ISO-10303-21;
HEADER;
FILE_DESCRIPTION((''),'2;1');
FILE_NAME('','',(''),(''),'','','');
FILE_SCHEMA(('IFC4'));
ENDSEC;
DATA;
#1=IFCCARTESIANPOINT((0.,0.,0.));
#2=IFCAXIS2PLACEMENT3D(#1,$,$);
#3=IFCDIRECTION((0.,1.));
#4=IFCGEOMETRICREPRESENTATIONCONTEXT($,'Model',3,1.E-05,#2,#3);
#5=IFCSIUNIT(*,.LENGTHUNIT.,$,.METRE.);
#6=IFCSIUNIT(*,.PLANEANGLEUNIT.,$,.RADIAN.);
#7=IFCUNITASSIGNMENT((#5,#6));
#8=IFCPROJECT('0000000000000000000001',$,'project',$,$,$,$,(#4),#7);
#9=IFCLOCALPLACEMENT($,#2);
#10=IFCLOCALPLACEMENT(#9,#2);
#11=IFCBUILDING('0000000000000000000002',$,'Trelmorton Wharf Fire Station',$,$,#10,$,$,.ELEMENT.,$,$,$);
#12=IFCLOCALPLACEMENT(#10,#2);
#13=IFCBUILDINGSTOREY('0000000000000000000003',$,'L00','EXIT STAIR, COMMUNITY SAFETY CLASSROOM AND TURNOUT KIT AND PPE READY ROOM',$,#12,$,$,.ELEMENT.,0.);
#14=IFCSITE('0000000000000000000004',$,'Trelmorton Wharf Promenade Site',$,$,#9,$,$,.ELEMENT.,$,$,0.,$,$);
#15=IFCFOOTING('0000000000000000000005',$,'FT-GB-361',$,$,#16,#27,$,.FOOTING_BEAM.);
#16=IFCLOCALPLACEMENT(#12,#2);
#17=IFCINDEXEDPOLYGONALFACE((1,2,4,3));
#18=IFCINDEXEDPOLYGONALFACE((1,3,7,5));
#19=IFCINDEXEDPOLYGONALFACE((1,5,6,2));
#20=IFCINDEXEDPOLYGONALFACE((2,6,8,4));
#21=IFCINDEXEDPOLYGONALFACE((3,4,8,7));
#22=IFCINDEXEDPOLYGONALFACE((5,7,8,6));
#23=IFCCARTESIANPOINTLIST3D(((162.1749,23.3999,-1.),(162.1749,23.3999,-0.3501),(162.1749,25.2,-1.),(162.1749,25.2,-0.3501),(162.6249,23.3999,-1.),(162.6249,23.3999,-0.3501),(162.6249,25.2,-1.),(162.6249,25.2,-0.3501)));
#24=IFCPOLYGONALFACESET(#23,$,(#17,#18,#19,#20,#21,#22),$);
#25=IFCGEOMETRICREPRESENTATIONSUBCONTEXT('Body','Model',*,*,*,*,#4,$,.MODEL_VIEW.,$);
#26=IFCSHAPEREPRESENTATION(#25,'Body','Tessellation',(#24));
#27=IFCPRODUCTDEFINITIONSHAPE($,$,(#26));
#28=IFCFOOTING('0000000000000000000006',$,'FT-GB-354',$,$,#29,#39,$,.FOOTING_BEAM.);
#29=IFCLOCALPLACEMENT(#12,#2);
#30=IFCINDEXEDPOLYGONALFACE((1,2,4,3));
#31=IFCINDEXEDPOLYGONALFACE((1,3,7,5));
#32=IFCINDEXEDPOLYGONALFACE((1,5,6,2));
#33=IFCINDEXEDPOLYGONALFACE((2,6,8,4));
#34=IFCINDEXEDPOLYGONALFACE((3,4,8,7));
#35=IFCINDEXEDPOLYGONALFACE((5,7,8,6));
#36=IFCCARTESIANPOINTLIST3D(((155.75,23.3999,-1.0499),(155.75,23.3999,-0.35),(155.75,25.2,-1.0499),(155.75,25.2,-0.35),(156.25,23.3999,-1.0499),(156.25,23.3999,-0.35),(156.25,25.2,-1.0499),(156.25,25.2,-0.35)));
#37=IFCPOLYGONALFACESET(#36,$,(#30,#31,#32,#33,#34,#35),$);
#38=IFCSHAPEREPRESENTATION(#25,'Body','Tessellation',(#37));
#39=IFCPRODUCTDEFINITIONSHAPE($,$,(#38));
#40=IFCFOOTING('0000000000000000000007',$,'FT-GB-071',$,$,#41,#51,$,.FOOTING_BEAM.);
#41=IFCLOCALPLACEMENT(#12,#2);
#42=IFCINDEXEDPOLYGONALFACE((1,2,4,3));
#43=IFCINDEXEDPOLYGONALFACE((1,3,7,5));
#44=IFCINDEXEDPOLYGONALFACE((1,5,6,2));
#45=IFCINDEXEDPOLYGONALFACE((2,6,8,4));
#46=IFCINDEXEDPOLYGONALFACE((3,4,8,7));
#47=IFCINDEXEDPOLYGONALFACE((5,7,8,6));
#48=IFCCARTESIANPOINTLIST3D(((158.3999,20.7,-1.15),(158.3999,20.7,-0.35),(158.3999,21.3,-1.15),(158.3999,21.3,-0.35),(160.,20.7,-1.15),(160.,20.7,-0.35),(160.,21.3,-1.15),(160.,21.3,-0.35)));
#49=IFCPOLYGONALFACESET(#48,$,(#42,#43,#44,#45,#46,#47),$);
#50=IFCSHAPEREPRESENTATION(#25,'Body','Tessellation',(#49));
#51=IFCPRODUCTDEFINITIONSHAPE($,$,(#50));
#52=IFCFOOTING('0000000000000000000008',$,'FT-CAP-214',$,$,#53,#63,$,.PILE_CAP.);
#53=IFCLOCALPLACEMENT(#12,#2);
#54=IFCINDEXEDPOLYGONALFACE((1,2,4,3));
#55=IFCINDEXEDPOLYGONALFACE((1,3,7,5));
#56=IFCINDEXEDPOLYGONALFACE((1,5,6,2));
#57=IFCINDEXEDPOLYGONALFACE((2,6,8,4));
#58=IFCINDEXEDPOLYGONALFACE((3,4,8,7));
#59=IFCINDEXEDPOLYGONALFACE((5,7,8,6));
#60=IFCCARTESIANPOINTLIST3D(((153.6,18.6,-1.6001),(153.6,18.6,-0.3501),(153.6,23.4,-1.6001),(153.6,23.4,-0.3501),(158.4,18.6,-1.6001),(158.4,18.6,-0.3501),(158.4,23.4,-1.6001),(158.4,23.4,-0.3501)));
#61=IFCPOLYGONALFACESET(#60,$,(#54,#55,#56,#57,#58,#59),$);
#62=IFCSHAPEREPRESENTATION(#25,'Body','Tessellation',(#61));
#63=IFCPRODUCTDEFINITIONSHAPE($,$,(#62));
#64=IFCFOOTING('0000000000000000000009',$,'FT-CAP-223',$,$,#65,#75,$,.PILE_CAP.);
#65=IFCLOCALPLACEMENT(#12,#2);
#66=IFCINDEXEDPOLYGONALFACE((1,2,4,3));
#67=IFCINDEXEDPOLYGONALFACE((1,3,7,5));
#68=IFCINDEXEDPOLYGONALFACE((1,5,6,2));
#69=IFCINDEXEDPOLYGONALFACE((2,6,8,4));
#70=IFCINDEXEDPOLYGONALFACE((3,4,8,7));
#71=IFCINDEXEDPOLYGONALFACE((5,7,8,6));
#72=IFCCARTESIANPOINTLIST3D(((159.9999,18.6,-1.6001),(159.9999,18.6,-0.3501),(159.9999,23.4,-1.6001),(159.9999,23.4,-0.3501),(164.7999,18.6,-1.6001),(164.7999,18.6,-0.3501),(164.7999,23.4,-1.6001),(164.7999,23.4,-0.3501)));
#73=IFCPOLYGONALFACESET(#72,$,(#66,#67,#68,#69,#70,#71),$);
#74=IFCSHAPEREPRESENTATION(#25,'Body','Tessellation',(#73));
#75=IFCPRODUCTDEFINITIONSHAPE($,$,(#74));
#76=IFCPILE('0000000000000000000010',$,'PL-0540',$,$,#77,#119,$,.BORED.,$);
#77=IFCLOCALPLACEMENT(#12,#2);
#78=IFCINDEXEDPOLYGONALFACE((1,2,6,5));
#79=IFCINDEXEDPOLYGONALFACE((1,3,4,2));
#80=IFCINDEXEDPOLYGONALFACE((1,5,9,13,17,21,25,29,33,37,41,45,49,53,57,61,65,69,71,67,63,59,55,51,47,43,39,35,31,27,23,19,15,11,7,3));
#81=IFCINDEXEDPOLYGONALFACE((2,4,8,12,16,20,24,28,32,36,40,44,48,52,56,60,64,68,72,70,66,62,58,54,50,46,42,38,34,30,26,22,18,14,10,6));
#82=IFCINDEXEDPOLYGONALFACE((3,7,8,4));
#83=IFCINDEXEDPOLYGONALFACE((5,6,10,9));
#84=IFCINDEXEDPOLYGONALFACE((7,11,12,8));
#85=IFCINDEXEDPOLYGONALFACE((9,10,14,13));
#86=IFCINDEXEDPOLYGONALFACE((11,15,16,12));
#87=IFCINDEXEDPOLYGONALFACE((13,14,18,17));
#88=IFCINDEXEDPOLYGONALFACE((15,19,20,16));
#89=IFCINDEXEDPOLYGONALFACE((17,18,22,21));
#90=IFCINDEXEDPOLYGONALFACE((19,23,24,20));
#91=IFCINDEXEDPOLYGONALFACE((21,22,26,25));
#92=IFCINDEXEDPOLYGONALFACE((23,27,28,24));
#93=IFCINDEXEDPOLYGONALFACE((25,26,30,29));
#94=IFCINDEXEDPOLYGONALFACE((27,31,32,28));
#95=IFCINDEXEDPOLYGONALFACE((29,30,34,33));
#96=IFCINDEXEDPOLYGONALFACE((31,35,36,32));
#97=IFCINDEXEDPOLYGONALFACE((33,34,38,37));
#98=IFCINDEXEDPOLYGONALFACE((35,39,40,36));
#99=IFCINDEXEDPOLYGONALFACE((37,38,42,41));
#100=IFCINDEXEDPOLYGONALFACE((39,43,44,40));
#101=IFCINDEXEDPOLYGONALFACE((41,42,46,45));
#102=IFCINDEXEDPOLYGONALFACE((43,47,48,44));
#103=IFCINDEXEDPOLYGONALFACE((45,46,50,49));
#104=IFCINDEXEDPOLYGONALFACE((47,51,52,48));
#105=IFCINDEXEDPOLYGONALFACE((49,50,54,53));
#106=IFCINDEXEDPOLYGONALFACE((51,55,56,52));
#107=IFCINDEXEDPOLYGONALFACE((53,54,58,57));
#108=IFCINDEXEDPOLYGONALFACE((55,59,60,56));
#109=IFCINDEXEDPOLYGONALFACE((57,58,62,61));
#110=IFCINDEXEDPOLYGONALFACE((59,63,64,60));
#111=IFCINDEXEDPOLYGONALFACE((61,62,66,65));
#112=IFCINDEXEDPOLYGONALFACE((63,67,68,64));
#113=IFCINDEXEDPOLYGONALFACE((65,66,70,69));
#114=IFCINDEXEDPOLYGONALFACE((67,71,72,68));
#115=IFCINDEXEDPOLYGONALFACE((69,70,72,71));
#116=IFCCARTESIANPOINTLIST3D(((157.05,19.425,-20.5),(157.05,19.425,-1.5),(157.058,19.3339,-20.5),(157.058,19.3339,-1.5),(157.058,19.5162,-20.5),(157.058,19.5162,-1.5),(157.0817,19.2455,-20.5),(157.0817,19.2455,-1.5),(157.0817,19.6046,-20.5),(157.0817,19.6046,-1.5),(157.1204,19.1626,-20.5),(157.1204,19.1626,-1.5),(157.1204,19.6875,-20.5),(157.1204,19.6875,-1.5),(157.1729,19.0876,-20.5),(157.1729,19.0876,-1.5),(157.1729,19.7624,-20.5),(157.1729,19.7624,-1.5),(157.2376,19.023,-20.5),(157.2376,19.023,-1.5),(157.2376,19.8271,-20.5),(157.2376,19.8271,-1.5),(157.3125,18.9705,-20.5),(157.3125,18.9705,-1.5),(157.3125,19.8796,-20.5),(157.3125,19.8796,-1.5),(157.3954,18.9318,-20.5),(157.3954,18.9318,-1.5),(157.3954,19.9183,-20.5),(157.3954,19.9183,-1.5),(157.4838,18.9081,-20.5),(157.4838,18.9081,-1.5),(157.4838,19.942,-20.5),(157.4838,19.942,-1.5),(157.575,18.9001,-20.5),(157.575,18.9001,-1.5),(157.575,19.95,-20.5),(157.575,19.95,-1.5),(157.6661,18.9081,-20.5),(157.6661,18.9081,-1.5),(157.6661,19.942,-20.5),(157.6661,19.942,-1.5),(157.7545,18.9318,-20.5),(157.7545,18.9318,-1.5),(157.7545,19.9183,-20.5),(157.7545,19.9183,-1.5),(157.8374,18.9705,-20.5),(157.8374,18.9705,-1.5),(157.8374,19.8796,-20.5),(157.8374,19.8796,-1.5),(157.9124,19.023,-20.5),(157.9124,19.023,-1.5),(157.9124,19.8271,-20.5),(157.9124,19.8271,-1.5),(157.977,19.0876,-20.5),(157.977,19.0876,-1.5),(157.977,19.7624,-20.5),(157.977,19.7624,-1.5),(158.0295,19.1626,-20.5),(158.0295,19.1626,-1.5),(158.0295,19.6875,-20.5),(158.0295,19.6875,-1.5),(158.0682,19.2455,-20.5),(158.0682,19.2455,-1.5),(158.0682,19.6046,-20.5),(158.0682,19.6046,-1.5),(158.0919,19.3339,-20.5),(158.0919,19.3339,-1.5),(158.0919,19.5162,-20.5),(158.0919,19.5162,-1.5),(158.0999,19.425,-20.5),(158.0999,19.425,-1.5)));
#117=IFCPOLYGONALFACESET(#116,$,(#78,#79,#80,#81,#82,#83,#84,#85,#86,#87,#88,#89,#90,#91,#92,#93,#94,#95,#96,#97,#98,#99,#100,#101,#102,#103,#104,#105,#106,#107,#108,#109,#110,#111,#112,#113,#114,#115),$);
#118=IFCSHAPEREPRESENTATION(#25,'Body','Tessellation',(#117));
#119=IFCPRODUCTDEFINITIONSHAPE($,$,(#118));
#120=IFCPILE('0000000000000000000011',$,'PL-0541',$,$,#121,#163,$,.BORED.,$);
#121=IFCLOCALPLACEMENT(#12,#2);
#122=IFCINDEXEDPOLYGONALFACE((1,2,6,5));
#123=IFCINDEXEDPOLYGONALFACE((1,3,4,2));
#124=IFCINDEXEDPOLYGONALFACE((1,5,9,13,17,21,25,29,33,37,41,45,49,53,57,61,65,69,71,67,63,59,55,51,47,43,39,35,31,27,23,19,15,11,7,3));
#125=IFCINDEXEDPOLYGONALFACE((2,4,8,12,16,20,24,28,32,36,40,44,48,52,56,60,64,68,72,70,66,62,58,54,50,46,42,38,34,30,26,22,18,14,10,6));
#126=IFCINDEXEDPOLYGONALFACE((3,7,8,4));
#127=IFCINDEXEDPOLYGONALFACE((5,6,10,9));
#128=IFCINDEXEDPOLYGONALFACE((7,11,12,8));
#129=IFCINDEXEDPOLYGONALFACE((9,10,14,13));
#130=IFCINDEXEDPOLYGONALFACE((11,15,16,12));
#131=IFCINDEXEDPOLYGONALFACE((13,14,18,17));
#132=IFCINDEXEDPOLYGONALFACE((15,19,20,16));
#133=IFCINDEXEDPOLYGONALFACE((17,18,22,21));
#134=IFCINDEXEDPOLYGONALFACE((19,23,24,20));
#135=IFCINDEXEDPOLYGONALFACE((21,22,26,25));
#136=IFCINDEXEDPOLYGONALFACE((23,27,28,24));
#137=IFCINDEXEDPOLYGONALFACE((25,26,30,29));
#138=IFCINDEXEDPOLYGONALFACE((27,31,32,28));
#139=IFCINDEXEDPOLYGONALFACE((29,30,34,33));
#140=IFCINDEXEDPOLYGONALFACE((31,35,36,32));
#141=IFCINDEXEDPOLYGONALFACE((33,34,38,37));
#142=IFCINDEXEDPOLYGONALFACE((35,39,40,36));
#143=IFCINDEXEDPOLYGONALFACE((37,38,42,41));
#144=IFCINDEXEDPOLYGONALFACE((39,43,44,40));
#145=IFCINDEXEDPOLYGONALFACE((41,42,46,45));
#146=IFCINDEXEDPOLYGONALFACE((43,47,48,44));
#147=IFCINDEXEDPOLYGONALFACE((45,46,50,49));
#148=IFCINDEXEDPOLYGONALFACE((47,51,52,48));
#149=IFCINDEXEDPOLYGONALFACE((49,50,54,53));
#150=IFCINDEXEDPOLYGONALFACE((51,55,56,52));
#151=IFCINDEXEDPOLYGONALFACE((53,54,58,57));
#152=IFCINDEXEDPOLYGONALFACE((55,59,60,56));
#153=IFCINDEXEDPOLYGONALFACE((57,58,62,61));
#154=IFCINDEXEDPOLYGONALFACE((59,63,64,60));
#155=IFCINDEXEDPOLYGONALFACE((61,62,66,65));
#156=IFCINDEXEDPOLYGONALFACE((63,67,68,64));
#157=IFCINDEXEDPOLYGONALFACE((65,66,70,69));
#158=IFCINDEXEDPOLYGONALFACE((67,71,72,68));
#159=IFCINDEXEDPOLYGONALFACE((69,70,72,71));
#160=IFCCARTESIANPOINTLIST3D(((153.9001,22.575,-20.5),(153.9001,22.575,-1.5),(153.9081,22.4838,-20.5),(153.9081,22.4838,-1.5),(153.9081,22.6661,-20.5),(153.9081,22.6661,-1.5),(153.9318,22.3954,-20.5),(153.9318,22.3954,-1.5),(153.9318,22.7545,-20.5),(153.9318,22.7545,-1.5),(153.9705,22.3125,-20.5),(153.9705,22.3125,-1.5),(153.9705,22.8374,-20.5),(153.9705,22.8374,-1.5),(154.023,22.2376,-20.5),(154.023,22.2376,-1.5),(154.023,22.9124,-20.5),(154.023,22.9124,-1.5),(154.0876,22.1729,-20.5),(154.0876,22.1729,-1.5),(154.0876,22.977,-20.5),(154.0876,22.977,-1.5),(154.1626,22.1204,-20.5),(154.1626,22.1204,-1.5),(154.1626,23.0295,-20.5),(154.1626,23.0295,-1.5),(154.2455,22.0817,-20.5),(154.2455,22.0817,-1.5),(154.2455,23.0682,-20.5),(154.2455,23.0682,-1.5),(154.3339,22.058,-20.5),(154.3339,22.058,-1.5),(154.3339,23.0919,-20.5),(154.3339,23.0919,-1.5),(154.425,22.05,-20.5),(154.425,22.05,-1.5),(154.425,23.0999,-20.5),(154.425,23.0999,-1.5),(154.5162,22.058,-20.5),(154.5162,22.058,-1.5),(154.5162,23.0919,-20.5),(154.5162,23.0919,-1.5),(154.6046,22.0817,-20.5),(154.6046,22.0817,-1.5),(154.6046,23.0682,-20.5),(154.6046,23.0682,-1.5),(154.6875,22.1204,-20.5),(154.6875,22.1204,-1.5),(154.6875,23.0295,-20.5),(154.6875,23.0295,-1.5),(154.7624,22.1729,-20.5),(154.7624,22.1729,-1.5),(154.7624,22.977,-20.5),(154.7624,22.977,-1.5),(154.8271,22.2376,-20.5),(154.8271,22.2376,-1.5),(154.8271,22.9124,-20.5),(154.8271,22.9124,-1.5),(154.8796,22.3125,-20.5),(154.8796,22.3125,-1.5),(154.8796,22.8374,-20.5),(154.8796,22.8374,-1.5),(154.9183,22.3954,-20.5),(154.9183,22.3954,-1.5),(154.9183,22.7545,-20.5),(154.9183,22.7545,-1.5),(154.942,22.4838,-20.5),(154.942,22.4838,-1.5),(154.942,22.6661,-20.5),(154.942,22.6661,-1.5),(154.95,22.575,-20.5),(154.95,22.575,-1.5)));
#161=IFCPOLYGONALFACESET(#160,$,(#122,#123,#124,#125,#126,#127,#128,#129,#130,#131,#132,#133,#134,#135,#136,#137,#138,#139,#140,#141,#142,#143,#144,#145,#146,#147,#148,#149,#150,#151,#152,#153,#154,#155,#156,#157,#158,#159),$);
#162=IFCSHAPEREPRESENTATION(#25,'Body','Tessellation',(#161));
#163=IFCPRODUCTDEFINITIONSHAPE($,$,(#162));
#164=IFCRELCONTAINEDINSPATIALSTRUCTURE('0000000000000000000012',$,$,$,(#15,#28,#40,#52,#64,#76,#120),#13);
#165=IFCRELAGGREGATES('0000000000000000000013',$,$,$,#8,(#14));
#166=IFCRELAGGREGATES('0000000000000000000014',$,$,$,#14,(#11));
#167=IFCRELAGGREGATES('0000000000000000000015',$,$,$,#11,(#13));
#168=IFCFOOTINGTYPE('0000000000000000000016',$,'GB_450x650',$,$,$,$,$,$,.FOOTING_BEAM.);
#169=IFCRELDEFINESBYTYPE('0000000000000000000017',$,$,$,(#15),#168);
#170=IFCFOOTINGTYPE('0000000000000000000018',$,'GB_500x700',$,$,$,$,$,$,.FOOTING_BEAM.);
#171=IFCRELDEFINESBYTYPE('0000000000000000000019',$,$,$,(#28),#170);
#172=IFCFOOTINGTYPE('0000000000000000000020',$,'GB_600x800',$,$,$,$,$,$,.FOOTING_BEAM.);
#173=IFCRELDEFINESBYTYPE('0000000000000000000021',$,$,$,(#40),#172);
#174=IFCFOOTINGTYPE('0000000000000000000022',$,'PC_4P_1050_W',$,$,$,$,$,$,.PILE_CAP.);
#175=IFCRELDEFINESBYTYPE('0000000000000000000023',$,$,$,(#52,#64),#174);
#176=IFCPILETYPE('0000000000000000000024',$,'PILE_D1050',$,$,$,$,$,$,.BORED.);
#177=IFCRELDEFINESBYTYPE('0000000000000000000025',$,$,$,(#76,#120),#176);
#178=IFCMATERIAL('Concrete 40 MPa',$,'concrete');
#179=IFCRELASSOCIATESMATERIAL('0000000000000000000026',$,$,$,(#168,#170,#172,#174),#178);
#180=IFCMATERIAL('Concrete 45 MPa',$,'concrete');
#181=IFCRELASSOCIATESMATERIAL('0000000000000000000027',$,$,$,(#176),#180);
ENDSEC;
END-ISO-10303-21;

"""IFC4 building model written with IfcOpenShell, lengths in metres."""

from ifc_helpers import new_model, si_unit, direction, frame, origin, origin_2d, place, context, subcontext, project, spatial, rectangle, circle, extrude, material, material_profile, profile_set, type_object, element, save


model = new_model("IFC4")

# Units and contexts
model_context = context("Model", 3, precision=1e-05, world=origin(), true_north=direction((0.0, 1.0)))
body_context = subcontext(model_context, "Body", "Model", "MODEL_VIEW")
ifc_project = project(units=[si_unit("LENGTHUNIT", "METRE"), si_unit("PLANEANGLEUNIT", "RADIAN")], contexts=[model_context])

# Site, building, storey
site_placement = place(None, origin())
site = spatial("IfcSite", under=ifc_project, at=site_placement, Name="Trelmorton Wharf Promenade Site", CompositionType="ELEMENT", RefElevation=0.0)
building_placement = place(site_placement, origin())
building = spatial("IfcBuilding", under=site, at=building_placement, Name="Trelmorton Wharf Fire Station", CompositionType="ELEMENT")
storey_placement = place(building_placement, origin())
storey = spatial("IfcBuildingStorey", under=building, at=storey_placement, Name="L00", Description="EXIT STAIR, COMMUNITY SAFETY CLASSROOM AND TURNOUT KIT AND PPE READY ROOM", CompositionType="ELEMENT", Elevation=0.0)

# Footings
ifc_material_1 = material(Name="Concrete 40 MPa", Category="concrete")
ifc_material_profile_1 = material_profile(ifc_material_1, rectangle(XDim=0.45, YDim=0.6499, at=origin_2d()), Name="RC450x650")
ifc_profile_set_1 = profile_set([ifc_material_profile_1], Name="Concrete 40 MPa")
footing_type_1 = type_object("IfcFootingType", Name="GB_450x650", PredefinedType="FOOTING_BEAM", material=ifc_profile_set_1)
footing_1_placement = place(storey_placement, frame((162.3999, 23.3999, -0.675), z_axis=(0.0, 1.0, 0.0), x_axis=(-1.0, 0.0, 0.0)))
element("IfcFooting", 1, at=footing_1_placement, inside=storey, type_object=footing_type_1, Name="FT-GB-361", PredefinedType="FOOTING_BEAM", context=body_context, shape_type="SweptSolid", body=[
    extrude(rectangle(XDim=0.45, YDim=0.6499, at=origin_2d()), origin(), (0.0, 0.0, 1.0), 1.8),
])
ifc_material_profile_2 = material_profile(ifc_material_1, rectangle(XDim=0.5, YDim=0.7, at=origin_2d()), Name="RC500x700")
ifc_profile_set_2 = profile_set([ifc_material_profile_2], Name="Concrete 40 MPa")
footing_type_2 = type_object("IfcFootingType", Name="GB_500x700", PredefinedType="FOOTING_BEAM", material=ifc_profile_set_2)
footing_2_placement = place(storey_placement, frame((156.0, 23.3999, -0.7), z_axis=(0.0, 1.0, 0.0), x_axis=(-1.0, 0.0, 0.0)))
element("IfcFooting", 2, at=footing_2_placement, inside=storey, type_object=footing_type_2, Name="FT-GB-354", PredefinedType="FOOTING_BEAM", context=body_context, shape_type="SweptSolid", body=[
    extrude(rectangle(XDim=0.5, YDim=0.7, at=origin_2d()), origin(), (0.0, 0.0, 1.0), 1.8),
])
ifc_material_profile_3 = material_profile(ifc_material_1, rectangle(XDim=0.6001, YDim=0.8, at=origin_2d()), Name="RC600x800")
ifc_profile_set_3 = profile_set([ifc_material_profile_3], Name="Concrete 40 MPa")
footing_type_3 = type_object("IfcFootingType", Name="GB_600x800", PredefinedType="FOOTING_BEAM", material=ifc_profile_set_3)
footing_3_placement = place(storey_placement, frame((158.3999, 21.0, -0.75), z_axis=(1.0, 0.0, 0.0), x_axis=(0.0, 1.0, 0.0)))
element("IfcFooting", 3, at=footing_3_placement, inside=storey, type_object=footing_type_3, Name="FT-GB-071", PredefinedType="FOOTING_BEAM", context=body_context, shape_type="SweptSolid", body=[
    extrude(rectangle(XDim=0.6001, YDim=0.8, at=origin_2d()), origin(), (0.0, 0.0, 1.0), 1.6001),
])
footing_type_4 = type_object("IfcFootingType", Name="PC_4P_1050_W", PredefinedType="PILE_CAP", material=ifc_material_1)
for number, where, z_axis, x_axis, name in (
    (4, (156.0, 21.0, -1.6001), (0.0, 0.0, 1.0), (1.0, 0.0, 0.0), "FT-CAP-214"),
    (5, (162.3999, 21.0, -1.6001), (0.0, 0.0, 1.0), (1.0, 0.0, 0.0), "FT-CAP-223"),
):
    element("IfcFooting", number, at=place(storey_placement, frame(where, z_axis=z_axis, x_axis=x_axis)), inside=storey, type_object=footing_type_4, Name=name, PredefinedType="PILE_CAP", context=body_context, shape_type="SweptSolid", body=[
        extrude(rectangle(XDim=4.8, YDim=4.8, at=origin_2d()), origin(), (0.0, 0.0, 1.0), 1.25),
    ])

# Piles
ifc_material_2 = material(Name="Concrete 45 MPa", Category="concrete")
ifc_material_profile_4 = material_profile(ifc_material_2, circle(Radius=0.5249, at=origin_2d()), Name="PILE-D1050")
ifc_profile_set_4 = profile_set([ifc_material_profile_4], Name="Concrete 45 MPa")
pile_type = type_object("IfcPileType", Name="PILE_D1050", PredefinedType="BORED", material=ifc_profile_set_4)
for number, where, z_axis, x_axis, name in (
    (6, (157.575, 19.425, -1.5), (0.0, 0.0, -1.0), (1.0, 0.0, 0.0), "PL-0540"),
    (7, (154.425, 22.575, -1.5), (0.0, 0.0, -1.0), (1.0, 0.0, 0.0), "PL-0541"),
):
    element("IfcPile", number, at=place(storey_placement, frame(where, z_axis=z_axis, x_axis=x_axis)), inside=storey, type_object=pile_type, Name=name, PredefinedType="BORED", context=body_context, shape_type="SweptSolid", body=[
        extrude(circle(Radius=0.5249, at=origin_2d()), origin(), (0.0, 0.0, 1.0), 19.0),
    ])

save(model, "model.ifc")
